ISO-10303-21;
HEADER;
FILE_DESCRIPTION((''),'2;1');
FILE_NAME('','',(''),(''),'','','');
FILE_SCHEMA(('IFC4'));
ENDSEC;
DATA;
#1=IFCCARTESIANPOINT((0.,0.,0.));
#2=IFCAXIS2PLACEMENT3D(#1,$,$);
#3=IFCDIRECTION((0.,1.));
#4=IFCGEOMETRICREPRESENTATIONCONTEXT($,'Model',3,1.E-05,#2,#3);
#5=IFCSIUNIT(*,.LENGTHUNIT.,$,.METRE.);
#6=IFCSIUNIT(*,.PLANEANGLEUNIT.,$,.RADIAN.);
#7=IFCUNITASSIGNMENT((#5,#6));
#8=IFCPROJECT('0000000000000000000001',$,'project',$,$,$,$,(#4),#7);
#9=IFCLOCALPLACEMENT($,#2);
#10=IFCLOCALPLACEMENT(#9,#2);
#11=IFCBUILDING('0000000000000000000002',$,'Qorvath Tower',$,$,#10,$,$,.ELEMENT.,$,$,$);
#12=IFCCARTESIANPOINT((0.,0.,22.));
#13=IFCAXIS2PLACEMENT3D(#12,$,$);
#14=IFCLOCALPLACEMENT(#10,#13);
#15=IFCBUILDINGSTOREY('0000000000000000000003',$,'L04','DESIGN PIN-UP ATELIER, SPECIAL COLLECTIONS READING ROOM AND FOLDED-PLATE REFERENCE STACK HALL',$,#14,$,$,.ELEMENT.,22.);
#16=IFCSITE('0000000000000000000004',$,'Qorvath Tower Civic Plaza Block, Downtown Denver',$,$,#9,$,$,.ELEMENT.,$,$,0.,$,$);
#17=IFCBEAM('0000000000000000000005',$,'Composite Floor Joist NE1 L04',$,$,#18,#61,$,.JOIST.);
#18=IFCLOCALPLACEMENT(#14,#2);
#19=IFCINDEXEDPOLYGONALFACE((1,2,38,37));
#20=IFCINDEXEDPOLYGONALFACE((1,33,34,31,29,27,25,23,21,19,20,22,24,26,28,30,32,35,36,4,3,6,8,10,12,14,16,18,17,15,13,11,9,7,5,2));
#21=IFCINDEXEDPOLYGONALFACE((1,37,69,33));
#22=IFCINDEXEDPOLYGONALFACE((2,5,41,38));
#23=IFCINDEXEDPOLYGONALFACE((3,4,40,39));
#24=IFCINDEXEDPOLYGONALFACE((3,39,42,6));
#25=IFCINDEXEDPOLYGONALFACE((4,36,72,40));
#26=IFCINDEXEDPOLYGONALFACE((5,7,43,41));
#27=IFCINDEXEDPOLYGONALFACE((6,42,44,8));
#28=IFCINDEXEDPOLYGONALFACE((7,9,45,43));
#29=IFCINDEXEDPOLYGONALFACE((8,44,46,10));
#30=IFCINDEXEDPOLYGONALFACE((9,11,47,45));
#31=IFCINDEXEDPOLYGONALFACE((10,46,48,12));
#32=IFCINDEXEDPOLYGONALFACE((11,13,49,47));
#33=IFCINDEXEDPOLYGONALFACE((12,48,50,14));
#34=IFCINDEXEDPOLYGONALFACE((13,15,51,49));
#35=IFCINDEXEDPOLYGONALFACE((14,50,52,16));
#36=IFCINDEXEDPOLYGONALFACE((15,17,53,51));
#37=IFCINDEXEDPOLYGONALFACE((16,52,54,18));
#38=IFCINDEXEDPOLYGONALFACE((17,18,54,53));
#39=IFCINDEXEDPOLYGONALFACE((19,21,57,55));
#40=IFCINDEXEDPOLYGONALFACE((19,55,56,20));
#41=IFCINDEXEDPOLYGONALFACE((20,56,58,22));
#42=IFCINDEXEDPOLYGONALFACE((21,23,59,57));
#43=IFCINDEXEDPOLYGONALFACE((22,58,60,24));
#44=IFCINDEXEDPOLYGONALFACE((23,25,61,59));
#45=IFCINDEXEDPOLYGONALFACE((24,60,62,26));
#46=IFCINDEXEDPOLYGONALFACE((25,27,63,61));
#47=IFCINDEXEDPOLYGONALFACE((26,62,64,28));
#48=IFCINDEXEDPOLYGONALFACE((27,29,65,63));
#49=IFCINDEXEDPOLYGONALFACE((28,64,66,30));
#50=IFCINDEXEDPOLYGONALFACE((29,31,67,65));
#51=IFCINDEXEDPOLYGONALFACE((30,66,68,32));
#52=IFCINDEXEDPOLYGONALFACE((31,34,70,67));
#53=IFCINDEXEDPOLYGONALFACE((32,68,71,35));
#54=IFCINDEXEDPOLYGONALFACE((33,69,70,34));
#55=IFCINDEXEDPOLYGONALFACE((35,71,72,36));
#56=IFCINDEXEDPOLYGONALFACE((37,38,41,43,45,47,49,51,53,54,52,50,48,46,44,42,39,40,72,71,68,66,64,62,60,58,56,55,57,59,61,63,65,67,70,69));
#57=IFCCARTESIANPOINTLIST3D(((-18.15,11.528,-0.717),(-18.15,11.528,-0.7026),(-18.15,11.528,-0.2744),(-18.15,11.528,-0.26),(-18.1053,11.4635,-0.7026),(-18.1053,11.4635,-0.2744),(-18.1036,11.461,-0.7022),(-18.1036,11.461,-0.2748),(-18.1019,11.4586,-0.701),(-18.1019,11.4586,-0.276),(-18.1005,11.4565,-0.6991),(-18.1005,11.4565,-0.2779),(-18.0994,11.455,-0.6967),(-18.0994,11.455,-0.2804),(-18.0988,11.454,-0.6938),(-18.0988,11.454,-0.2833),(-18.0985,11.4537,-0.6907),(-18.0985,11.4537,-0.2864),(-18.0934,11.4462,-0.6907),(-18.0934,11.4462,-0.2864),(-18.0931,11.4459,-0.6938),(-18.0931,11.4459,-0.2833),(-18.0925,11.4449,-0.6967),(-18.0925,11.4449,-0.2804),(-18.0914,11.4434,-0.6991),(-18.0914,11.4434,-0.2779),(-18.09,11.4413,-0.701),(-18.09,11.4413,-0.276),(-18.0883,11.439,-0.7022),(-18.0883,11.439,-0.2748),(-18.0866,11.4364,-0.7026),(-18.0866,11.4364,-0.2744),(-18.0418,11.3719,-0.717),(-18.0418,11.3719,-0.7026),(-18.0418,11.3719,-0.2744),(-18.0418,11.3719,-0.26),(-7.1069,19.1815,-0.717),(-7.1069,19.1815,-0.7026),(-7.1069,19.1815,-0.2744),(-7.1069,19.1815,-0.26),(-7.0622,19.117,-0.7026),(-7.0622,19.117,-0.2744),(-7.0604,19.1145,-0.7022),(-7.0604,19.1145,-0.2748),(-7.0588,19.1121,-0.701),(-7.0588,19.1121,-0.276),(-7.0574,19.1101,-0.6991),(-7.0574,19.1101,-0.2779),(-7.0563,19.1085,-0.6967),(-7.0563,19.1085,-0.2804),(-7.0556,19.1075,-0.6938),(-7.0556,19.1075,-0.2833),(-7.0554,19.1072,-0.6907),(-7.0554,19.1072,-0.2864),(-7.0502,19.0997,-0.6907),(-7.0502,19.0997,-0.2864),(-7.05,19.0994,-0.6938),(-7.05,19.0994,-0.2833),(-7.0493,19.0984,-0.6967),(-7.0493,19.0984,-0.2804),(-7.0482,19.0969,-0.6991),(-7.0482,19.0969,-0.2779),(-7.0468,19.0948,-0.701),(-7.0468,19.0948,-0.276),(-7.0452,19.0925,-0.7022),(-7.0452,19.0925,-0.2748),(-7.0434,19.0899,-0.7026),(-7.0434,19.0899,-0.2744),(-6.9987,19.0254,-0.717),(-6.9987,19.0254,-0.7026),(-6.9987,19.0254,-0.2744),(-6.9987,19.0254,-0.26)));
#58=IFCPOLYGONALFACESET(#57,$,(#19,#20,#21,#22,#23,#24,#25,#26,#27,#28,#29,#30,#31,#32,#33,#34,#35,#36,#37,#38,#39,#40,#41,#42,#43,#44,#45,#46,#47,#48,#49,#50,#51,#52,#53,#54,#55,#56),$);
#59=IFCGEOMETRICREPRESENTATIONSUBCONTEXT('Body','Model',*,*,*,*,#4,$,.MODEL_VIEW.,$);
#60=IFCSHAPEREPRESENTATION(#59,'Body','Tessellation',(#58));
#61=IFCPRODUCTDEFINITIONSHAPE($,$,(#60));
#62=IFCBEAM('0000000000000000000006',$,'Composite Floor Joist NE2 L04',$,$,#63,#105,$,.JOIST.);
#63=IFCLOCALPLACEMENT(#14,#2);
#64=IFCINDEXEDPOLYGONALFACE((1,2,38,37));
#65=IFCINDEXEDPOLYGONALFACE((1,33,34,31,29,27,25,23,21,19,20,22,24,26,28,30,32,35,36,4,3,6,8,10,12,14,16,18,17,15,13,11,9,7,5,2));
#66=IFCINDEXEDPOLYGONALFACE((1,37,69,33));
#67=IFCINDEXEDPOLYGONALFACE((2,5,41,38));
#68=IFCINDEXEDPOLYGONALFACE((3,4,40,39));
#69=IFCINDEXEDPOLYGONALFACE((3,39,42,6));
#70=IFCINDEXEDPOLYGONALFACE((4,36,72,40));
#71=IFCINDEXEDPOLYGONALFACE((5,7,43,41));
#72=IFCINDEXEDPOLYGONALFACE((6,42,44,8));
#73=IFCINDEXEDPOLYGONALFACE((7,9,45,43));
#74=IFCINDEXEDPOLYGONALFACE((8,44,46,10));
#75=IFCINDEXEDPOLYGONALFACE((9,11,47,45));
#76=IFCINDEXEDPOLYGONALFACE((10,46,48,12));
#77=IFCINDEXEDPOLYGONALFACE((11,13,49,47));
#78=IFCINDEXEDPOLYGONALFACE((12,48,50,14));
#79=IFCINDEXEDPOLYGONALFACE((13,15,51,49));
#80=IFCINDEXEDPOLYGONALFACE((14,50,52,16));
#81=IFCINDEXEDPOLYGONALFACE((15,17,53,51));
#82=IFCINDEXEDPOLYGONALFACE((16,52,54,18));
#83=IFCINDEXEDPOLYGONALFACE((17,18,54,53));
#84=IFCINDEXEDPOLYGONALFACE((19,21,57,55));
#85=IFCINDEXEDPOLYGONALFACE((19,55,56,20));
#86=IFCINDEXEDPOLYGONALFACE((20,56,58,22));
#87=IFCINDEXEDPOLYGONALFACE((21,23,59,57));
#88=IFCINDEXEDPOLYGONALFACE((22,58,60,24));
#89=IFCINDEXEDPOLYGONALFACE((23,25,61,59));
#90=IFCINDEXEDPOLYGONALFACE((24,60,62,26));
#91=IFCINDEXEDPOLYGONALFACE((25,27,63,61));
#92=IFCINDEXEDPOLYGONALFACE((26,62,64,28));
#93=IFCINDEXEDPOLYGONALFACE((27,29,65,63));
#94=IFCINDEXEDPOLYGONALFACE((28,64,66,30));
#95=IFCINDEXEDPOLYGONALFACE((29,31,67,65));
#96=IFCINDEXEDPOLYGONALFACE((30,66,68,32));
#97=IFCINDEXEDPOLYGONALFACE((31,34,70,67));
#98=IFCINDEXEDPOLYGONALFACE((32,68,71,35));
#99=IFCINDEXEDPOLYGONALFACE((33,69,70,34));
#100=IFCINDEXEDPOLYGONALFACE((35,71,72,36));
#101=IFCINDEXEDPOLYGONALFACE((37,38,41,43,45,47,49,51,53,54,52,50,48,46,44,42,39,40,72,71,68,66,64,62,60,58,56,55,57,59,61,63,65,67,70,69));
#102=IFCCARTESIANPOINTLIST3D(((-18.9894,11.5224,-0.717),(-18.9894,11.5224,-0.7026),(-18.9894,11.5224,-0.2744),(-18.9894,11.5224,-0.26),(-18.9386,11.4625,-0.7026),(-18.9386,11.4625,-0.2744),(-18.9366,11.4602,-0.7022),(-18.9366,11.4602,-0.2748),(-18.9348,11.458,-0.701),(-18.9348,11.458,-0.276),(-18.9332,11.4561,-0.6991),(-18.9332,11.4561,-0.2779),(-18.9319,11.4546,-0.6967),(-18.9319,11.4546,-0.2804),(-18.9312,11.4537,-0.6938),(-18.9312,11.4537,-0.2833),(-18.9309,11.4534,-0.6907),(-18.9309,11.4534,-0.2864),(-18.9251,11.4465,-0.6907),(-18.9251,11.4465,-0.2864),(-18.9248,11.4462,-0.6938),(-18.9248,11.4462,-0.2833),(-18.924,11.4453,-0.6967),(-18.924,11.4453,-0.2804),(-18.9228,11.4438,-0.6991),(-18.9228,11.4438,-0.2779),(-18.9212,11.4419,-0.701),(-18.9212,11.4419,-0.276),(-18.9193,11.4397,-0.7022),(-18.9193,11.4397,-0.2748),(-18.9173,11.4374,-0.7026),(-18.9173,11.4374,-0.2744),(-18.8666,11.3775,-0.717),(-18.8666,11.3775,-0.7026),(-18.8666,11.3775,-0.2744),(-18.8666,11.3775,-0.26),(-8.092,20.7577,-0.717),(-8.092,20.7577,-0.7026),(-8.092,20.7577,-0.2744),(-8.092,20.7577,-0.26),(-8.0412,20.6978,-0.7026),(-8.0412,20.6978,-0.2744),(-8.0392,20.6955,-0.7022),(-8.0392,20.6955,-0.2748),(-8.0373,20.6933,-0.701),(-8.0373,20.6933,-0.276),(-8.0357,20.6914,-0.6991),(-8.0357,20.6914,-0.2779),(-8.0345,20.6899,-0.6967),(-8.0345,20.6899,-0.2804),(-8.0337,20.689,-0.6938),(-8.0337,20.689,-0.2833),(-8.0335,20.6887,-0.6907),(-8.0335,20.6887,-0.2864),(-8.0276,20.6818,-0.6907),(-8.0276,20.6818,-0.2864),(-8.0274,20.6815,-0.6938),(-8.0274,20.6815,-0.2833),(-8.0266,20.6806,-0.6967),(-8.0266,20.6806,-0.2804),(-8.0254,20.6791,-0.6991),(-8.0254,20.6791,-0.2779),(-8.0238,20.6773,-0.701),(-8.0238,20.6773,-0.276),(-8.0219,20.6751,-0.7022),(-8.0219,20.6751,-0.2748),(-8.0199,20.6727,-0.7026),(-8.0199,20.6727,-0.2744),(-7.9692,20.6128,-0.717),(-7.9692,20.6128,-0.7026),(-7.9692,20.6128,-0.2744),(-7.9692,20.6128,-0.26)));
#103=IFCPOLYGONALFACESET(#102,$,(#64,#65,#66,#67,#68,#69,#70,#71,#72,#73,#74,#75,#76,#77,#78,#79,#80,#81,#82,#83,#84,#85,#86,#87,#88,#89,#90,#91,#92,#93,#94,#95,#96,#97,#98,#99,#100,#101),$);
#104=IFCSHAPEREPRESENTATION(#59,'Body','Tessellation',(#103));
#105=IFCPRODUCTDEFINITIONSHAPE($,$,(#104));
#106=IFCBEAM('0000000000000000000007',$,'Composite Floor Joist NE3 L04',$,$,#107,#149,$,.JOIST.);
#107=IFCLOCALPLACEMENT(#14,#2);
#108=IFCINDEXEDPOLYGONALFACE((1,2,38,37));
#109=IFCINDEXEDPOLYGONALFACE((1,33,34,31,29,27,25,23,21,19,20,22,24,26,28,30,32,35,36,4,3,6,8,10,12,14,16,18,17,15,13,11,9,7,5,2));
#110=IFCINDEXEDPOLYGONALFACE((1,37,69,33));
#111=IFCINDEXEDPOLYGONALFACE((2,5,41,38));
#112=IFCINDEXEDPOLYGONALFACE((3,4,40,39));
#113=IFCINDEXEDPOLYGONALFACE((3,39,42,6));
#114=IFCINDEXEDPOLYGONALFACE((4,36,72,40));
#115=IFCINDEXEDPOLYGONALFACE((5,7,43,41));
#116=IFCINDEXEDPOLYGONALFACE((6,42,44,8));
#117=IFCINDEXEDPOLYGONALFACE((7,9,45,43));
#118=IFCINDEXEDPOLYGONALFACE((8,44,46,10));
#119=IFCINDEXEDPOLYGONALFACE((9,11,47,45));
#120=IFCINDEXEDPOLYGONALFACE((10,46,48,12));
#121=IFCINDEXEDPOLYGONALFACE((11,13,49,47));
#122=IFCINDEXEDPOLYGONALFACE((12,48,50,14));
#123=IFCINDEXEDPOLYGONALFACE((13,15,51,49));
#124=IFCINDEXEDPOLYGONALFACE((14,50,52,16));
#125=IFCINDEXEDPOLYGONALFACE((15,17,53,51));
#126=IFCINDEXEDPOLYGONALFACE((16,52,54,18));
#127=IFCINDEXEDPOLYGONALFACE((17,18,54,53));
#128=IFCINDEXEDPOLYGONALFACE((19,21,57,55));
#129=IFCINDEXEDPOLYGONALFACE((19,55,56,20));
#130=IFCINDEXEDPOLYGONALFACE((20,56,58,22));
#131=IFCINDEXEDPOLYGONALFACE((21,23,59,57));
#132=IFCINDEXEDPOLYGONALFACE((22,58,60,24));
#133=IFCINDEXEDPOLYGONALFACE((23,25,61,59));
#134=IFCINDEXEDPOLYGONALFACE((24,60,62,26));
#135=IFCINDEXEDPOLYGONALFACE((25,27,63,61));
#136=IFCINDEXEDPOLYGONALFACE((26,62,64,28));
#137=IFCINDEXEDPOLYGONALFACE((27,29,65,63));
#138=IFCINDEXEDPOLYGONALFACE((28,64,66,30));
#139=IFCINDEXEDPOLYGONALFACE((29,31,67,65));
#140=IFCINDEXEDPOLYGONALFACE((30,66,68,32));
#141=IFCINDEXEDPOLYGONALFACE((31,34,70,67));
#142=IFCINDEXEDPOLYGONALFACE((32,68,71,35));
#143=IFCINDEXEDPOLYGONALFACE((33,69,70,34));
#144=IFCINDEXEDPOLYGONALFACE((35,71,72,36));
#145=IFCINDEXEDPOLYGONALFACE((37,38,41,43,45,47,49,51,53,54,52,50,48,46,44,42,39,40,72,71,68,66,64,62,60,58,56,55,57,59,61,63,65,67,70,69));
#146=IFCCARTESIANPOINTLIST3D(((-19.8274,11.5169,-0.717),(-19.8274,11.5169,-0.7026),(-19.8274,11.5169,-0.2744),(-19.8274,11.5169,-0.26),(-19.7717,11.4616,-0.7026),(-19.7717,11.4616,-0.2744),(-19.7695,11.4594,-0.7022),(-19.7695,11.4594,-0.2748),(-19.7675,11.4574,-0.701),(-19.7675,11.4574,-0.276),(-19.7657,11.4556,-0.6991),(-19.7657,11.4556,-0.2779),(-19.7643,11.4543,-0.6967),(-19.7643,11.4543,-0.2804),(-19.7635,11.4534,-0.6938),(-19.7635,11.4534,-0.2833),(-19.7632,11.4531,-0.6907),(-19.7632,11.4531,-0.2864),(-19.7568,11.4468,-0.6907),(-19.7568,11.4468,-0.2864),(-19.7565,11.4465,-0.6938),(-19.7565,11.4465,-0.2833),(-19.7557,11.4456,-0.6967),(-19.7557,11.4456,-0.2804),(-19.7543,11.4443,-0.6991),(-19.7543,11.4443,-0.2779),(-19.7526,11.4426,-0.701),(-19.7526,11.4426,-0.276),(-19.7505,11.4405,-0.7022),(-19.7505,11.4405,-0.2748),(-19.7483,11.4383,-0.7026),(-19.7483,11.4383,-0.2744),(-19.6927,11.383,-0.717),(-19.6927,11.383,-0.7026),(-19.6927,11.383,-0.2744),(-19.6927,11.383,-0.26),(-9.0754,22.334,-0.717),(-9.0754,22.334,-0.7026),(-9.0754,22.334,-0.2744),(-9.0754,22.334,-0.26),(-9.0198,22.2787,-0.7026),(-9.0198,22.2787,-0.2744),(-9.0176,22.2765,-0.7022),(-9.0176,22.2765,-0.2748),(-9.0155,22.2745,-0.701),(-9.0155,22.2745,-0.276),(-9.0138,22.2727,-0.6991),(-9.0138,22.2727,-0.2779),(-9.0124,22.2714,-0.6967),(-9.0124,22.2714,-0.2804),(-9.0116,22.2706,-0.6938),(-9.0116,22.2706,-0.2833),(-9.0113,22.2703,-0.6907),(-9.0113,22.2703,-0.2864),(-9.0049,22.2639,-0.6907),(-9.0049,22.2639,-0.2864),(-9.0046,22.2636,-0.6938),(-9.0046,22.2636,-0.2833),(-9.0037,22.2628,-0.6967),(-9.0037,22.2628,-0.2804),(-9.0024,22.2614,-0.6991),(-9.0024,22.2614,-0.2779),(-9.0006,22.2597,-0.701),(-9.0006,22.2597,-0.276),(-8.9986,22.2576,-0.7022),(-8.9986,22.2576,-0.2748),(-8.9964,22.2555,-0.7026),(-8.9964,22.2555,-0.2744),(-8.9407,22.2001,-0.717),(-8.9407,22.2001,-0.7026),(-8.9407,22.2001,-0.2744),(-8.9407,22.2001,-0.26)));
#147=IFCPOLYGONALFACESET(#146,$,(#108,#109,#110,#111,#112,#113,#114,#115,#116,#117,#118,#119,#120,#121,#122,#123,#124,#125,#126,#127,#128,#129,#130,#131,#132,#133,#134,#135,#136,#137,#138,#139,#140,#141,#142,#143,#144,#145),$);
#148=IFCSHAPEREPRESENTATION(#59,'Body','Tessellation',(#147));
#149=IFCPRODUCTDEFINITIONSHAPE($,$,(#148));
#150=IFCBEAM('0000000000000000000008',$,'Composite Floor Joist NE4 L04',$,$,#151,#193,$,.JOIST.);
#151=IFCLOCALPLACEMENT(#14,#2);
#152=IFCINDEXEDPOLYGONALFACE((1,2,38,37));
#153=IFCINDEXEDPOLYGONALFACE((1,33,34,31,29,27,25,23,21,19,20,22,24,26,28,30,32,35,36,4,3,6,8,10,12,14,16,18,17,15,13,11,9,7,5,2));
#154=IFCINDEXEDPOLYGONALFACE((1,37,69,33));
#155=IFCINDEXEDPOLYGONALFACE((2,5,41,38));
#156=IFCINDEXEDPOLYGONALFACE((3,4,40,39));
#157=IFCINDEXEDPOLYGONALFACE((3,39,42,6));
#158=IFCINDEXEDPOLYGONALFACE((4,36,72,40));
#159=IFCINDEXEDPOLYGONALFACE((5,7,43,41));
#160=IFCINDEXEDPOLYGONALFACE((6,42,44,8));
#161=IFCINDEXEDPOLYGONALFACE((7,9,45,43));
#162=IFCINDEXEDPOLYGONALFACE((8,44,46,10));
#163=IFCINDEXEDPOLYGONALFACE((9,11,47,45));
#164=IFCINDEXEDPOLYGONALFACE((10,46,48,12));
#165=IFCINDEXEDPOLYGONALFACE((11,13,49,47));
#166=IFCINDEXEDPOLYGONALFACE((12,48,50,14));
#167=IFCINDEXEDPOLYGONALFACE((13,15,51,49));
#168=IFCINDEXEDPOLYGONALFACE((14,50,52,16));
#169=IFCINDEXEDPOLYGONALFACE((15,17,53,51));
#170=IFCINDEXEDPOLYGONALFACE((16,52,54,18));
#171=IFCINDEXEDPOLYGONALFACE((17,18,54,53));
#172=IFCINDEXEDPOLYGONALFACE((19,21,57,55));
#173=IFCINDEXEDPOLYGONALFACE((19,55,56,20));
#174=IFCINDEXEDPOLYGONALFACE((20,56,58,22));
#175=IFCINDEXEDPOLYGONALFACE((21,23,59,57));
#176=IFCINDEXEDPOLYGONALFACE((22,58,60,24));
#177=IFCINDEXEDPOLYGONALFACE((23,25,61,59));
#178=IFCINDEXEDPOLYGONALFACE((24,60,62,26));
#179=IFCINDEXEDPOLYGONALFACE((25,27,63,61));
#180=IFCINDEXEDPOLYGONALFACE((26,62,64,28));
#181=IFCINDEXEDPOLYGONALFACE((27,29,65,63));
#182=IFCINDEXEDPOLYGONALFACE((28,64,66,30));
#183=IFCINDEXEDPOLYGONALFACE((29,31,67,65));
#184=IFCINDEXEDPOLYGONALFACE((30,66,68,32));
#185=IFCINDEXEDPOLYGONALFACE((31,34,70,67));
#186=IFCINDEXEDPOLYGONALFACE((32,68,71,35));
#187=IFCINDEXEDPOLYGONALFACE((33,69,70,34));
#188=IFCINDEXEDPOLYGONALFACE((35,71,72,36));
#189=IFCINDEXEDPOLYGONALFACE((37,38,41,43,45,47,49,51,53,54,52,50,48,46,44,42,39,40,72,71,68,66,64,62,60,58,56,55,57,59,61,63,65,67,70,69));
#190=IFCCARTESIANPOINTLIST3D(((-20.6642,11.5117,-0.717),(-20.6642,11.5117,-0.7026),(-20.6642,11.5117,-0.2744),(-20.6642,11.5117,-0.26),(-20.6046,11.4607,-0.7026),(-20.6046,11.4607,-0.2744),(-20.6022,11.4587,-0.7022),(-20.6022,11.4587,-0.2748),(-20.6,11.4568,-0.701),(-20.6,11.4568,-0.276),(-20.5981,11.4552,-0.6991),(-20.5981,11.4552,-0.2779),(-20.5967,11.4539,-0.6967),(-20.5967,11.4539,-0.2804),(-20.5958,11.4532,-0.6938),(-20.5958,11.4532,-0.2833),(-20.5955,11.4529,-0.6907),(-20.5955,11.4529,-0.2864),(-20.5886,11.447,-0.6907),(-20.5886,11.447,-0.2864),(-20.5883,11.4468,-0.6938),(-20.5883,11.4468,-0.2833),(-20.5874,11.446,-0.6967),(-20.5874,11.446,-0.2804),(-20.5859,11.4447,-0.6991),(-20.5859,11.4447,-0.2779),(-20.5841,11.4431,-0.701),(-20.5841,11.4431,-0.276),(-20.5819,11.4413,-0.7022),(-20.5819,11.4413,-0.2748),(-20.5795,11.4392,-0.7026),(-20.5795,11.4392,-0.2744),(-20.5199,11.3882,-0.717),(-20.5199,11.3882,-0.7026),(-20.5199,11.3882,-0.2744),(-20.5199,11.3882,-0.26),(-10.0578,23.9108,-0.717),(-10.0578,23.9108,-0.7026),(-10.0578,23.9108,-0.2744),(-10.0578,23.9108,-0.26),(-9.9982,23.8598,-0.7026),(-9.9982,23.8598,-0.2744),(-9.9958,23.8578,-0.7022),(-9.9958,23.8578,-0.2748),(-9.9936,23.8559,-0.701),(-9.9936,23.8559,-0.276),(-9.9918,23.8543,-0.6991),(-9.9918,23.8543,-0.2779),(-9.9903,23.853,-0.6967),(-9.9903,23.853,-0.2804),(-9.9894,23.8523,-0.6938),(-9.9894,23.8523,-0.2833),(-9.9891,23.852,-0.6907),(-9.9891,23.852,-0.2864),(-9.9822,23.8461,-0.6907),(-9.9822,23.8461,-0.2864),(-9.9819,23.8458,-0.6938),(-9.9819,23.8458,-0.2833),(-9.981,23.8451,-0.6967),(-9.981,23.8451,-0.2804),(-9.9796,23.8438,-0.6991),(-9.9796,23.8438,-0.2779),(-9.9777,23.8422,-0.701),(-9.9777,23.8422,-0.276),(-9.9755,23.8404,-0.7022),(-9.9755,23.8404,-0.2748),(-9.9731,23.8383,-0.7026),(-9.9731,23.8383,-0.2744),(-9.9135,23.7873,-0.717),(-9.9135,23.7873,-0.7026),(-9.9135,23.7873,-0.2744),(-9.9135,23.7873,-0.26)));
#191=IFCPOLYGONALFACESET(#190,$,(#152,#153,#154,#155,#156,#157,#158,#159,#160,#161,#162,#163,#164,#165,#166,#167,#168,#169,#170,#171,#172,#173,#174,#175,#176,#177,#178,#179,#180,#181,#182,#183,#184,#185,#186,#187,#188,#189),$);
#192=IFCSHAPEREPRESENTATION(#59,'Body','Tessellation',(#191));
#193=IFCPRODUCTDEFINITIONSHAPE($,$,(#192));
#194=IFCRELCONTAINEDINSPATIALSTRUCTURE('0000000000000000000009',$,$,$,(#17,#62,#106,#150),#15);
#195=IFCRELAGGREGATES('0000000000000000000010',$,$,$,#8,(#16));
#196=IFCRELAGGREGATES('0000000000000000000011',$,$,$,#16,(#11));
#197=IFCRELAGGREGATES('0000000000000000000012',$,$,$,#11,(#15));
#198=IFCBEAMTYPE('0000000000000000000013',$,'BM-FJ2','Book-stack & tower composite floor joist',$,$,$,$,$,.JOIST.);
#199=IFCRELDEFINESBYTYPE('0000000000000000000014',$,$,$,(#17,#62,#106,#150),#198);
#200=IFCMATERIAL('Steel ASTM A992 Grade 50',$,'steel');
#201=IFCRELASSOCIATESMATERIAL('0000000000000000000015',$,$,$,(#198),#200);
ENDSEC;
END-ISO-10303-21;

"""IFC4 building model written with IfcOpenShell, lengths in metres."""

from ifc_helpers import new_model, si_unit, direction, frame, origin, origin_2d, place, context, subcontext, project, spatial, i_section, extrude, material, material_profile, profile_set, type_object, element, save


model = new_model("IFC4")

# Units and contexts
model_context = context("Model", 3, precision=1e-05, world=origin(), true_north=direction((0.0, 1.0)))
body_context = subcontext(model_context, "Body", "Model", "MODEL_VIEW")
ifc_project = project(units=[si_unit("LENGTHUNIT", "METRE"), si_unit("PLANEANGLEUNIT", "RADIAN")], contexts=[model_context])

# Site, building, storey
site_placement = place(None, origin())
site = spatial("IfcSite", under=ifc_project, at=site_placement, Name="Qorvath Tower Civic Plaza Block, Downtown Denver", CompositionType="ELEMENT", RefElevation=0.0)
building_placement = place(site_placement, origin())
building = spatial("IfcBuilding", under=site, at=building_placement, Name="Qorvath Tower", CompositionType="ELEMENT")
storey_placement = place(building_placement, frame((0.0, 0.0, 22.0)))
storey = spatial("IfcBuildingStorey", under=building, at=storey_placement, Name="L04", Description="DESIGN PIN-UP ATELIER, SPECIAL COLLECTIONS READING ROOM AND FOLDED-PLATE REFERENCE STACK HALL", CompositionType="ELEMENT", Elevation=22.0)

# Beams
ifc_material_1 = material(Name="Steel ASTM A992 Grade 50", Category="steel")
ifc_material_profile_1 = material_profile(ifc_material_1, i_section(OverallWidth=0.1899, OverallDepth=0.457, WebThickness=0.009, FlangeThickness=0.0144, FilletRadius=0.012, at=origin_2d()), Name="W18x50")
ifc_profile_set_1 = profile_set([ifc_material_profile_1], Name="Steel ASTM A992 Grade 50")
beam_type_1 = type_object("IfcBeamType", Name="BM-FJ2", Description="Book-stack & tower composite floor joist", PredefinedType="JOIST", material=ifc_profile_set_1)
beam_1_placement = place(storey_placement, frame((-18.0959, 11.45, -0.4885), z_axis=(0.821904, 0.569626, 0.0), x_axis=(-0.569626, 0.821904, 0.0)))
element("IfcBeam", 1, at=beam_1_placement, inside=storey, type_object=beam_type_1, Name="Composite Floor Joist NE1 L04", PredefinedType="JOIST", context=body_context, shape_type="SweptSolid", body=[
    extrude(i_section(OverallWidth=0.1899, OverallDepth=0.457, WebThickness=0.009, FlangeThickness=0.0144, FilletRadius=0.012, at=origin_2d()), origin(), (0.0, 0.0, 1.0), 13.436),
])
beam_2_placement = place(storey_placement, frame((-18.928, 11.45, -0.4885), z_axis=(0.762888, 0.64653, 0.0), x_axis=(-0.64653, 0.762888, 0.0)))
element("IfcBeam", 2, at=beam_2_placement, inside=storey, type_object=beam_type_1, Name="Composite Floor Joist NE2 L04", PredefinedType="JOIST", context=body_context, shape_type="SweptSolid", body=[
    extrude(i_section(OverallWidth=0.1899, OverallDepth=0.457, WebThickness=0.009, FlangeThickness=0.0144, FilletRadius=0.012, at=origin_2d()), origin(), (0.0, 0.0, 1.0), 14.2844),
])
beam_3_placement = place(storey_placement, frame((-19.76, 11.45, -0.4885), z_axis=(0.704967, 0.709241, 0.0), x_axis=(-0.709241, 0.704967, 0.0)))
element("IfcBeam", 3, at=beam_3_placement, inside=storey, type_object=beam_type_1, Name="Composite Floor Joist NE3 L04", PredefinedType="JOIST", context=body_context, shape_type="SweptSolid", body=[
    extrude(i_section(OverallWidth=0.1899, OverallDepth=0.457, WebThickness=0.009, FlangeThickness=0.0144, FilletRadius=0.012, at=origin_2d()), origin(), (0.0, 0.0, 1.0), 15.2517),
])
beam_4_placement = place(storey_placement, frame((-20.592, 11.45, -0.4885), z_axis=(0.650034, 0.759905, 0.0), x_axis=(-0.759905, 0.650034, 0.0)))
element("IfcBeam", 4, at=beam_4_placement, inside=storey, type_object=beam_type_1, Name="Composite Floor Joist NE4 L04", PredefinedType="JOIST", context=body_context, shape_type="SweptSolid", body=[
    extrude(i_section(OverallWidth=0.1899, OverallDepth=0.457, WebThickness=0.009, FlangeThickness=0.0144, FilletRadius=0.012, at=origin_2d()), origin(), (0.0, 0.0, 1.0), 16.3167),
])

save(model, "model.ifc")
